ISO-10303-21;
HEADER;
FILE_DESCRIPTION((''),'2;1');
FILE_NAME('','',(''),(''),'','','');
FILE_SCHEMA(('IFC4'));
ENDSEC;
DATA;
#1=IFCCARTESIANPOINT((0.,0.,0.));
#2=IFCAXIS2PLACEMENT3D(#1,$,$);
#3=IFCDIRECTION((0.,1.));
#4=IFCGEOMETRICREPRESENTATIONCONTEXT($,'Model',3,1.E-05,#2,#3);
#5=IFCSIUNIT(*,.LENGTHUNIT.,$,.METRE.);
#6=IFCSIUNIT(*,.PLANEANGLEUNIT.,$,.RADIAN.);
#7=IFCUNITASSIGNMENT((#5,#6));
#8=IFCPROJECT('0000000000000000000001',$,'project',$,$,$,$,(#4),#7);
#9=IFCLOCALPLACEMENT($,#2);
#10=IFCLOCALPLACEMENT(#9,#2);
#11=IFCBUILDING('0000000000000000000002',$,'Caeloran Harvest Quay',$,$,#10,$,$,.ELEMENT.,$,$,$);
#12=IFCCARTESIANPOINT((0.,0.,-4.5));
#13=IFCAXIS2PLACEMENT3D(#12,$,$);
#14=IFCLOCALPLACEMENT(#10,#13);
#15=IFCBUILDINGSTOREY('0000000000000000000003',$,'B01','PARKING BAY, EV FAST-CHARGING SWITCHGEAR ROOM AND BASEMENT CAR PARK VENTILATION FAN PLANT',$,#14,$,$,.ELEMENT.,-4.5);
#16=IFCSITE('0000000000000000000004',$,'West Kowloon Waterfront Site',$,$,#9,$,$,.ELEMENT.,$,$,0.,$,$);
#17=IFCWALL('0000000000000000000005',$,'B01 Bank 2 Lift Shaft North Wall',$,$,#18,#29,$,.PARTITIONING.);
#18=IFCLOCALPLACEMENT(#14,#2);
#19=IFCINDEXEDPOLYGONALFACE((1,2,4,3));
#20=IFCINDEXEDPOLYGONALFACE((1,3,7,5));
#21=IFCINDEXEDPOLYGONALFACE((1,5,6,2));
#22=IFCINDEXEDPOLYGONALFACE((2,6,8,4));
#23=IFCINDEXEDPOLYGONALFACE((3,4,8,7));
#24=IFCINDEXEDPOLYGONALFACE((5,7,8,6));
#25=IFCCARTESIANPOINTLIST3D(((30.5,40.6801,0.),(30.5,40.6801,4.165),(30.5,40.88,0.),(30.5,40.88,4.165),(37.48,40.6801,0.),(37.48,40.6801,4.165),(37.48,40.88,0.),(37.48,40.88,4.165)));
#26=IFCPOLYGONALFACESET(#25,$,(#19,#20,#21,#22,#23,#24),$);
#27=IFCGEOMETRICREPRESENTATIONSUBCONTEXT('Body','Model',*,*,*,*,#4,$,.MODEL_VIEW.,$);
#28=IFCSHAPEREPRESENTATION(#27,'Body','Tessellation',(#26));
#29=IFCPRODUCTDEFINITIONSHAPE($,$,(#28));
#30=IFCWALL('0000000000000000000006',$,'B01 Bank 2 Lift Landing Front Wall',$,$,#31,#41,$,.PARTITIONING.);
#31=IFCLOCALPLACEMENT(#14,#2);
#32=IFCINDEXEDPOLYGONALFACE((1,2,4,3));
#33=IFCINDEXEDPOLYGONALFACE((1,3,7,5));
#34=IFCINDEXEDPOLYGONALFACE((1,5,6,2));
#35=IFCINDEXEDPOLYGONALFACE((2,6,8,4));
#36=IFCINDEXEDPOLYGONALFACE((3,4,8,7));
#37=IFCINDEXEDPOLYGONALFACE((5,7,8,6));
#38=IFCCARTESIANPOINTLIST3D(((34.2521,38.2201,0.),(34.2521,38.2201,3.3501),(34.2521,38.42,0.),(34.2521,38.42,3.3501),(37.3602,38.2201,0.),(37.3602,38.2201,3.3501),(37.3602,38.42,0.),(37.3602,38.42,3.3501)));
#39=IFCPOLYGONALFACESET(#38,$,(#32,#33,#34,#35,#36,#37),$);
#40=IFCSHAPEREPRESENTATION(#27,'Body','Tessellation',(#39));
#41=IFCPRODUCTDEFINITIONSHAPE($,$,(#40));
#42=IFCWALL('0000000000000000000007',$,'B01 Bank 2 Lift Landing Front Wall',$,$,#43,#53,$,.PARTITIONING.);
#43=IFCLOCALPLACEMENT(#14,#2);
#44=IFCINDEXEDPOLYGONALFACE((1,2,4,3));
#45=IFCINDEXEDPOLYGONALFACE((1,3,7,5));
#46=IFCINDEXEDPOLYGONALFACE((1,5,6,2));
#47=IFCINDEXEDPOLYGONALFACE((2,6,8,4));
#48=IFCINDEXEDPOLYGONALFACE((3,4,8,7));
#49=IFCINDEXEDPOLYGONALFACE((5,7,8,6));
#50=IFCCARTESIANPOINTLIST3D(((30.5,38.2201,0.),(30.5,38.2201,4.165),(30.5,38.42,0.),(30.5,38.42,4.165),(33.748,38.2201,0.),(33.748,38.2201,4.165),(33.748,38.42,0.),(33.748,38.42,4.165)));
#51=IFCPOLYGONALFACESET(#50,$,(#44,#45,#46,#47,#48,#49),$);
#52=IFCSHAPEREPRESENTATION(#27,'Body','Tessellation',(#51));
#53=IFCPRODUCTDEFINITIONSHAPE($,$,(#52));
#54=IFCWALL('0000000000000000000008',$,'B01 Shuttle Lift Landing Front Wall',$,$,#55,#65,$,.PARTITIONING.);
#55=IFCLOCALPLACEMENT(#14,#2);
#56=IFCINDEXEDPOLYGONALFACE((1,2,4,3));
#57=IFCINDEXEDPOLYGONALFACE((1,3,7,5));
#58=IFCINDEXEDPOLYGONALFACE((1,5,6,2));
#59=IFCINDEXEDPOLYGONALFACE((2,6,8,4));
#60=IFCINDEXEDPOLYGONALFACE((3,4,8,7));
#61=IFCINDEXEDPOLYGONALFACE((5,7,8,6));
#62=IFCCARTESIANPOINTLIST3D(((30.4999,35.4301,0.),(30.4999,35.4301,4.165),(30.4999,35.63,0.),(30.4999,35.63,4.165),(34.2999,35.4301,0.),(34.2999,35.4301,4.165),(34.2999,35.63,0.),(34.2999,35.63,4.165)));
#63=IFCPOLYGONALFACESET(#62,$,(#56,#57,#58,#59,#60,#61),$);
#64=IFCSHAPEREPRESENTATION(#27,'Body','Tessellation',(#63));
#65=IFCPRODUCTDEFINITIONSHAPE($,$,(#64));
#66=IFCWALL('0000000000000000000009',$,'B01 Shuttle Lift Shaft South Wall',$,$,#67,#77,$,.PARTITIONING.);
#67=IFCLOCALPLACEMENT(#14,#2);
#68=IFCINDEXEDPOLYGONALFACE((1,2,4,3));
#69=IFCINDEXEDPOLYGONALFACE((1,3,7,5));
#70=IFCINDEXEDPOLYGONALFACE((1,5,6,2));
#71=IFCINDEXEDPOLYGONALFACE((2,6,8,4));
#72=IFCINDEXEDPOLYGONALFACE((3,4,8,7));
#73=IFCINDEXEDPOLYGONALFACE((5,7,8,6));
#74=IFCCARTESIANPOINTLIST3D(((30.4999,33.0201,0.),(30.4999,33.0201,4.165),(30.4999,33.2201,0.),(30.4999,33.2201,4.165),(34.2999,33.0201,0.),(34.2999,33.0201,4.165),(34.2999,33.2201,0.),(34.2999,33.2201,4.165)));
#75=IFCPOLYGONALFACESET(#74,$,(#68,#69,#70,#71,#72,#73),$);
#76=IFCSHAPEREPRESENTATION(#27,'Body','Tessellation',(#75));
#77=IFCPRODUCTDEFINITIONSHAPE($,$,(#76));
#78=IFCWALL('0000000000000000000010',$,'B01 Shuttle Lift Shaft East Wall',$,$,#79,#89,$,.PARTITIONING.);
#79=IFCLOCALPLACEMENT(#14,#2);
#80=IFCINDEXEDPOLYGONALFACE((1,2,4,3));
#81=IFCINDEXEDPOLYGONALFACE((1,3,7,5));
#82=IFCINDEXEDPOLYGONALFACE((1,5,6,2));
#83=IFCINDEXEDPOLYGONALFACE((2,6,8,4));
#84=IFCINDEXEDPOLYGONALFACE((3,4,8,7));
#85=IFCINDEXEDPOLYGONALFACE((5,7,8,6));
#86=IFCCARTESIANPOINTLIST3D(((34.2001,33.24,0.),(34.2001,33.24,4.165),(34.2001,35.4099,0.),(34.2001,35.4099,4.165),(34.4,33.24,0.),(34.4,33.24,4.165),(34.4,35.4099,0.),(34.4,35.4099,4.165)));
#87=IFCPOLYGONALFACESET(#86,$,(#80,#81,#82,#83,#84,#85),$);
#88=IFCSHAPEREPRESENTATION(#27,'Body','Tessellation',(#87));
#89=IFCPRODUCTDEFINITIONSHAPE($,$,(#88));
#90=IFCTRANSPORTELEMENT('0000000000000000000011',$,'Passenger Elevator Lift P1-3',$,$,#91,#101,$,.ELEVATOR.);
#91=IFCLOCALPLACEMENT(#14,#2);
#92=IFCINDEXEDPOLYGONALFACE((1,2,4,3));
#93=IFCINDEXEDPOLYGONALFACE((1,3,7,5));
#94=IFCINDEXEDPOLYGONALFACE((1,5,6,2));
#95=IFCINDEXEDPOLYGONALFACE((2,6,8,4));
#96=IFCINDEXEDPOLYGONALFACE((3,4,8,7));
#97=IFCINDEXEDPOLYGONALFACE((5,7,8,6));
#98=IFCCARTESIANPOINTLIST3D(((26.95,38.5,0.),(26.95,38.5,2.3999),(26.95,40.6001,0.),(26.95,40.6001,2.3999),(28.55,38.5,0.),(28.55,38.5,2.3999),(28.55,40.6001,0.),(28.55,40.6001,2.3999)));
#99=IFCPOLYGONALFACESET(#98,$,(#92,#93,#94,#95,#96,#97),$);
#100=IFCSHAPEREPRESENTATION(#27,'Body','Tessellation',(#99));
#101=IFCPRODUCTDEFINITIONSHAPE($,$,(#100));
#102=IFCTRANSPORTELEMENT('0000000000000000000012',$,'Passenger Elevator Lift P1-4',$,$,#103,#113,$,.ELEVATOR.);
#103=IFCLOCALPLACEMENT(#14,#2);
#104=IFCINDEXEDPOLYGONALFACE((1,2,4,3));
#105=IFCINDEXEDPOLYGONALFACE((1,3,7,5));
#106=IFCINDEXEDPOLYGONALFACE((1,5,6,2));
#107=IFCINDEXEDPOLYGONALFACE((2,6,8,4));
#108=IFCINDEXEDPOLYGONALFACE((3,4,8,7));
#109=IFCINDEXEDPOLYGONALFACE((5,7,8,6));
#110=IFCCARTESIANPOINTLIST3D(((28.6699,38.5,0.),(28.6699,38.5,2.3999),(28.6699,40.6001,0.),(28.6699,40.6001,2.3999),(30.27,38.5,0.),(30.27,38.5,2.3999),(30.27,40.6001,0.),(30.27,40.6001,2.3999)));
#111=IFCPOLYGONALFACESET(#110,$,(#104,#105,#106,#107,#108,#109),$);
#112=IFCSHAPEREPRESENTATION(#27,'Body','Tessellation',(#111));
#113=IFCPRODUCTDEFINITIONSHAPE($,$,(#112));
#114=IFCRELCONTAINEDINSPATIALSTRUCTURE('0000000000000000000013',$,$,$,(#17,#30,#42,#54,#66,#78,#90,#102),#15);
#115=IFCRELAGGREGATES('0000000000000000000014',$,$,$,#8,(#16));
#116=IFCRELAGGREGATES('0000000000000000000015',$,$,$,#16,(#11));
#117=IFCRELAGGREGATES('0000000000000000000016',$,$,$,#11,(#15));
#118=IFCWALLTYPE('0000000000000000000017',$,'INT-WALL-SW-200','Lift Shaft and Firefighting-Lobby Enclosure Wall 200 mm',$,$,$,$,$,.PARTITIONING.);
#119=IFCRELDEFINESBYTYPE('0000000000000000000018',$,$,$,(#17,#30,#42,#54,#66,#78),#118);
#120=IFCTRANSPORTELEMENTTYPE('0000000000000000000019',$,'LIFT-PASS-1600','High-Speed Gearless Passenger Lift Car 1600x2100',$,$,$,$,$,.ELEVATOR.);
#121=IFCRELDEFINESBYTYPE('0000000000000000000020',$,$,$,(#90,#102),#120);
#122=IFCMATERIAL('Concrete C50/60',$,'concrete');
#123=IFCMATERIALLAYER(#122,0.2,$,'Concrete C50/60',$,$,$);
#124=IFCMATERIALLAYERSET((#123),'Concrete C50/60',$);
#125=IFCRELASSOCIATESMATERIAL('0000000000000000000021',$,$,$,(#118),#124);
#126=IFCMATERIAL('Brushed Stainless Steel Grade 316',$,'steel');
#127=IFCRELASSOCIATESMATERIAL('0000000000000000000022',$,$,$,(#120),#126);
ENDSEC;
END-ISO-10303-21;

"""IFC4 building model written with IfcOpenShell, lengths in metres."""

from ifc_helpers import new_model, si_unit, direction, frame, frame_2d, origin, origin_2d, place, context, subcontext, project, spatial, rectangle, extrude, material, layer, layer_set, type_object, element, save


model = new_model("IFC4")

# Units and contexts
model_context = context("Model", 3, precision=1e-05, world=origin(), true_north=direction((0.0, 1.0)))
body_context = subcontext(model_context, "Body", "Model", "MODEL_VIEW")
ifc_project = project(units=[si_unit("LENGTHUNIT", "METRE"), si_unit("PLANEANGLEUNIT", "RADIAN")], contexts=[model_context])

# Site, building, storey
site_placement = place(None, origin())
site = spatial("IfcSite", under=ifc_project, at=site_placement, Name="West Kowloon Waterfront Site", CompositionType="ELEMENT", RefElevation=0.0)
building_placement = place(site_placement, origin())
building = spatial("IfcBuilding", under=site, at=building_placement, Name="Caeloran Harvest Quay", CompositionType="ELEMENT")
storey_placement = place(building_placement, frame((0.0, 0.0, -4.5)))
storey = spatial("IfcBuildingStorey", under=building, at=storey_placement, Name="B01", Description="PARKING BAY, EV FAST-CHARGING SWITCHGEAR ROOM AND BASEMENT CAR PARK VENTILATION FAN PLANT", CompositionType="ELEMENT", Elevation=-4.5)

# Walls
ifc_material_1 = material(Name="Concrete C50/60", Category="concrete")
ifc_layer = layer(ifc_material_1, 0.2, Name="Concrete C50/60")
ifc_layer_set = layer_set([ifc_layer], Name="Concrete C50/60")
wall_type = type_object("IfcWallType", Name="INT-WALL-SW-200", Description="Lift Shaft and Firefighting-Lobby Enclosure Wall 200 mm", PredefinedType="PARTITIONING", material=ifc_layer_set)
wall_1_placement = place(storey_placement, frame((30.5, 40.78, 0.0), z_axis=(0.0, 0.0, 1.0), x_axis=(1.0, 0.0, 0.0)))
element("IfcWall", 1, at=wall_1_placement, inside=storey, type_object=wall_type, Name="B01 Bank 2 Lift Shaft North Wall", PredefinedType="PARTITIONING", context=body_context, shape_type="SweptSolid", body=[
    extrude(rectangle(XDim=6.98, YDim=0.2, at=frame_2d((3.49, 0.0))), origin(), (0.0, 0.0, 1.0), 4.165),
])
wall_2_placement = place(storey_placement, frame((34.252, 38.3201, 0.0), z_axis=(0.0, 0.0, 1.0), x_axis=(1.0, 0.0, 0.0)))
element("IfcWall", 2, at=wall_2_placement, inside=storey, type_object=wall_type, Name="B01 Bank 2 Lift Landing Front Wall", PredefinedType="PARTITIONING", context=body_context, shape_type="SweptSolid", body=[
    extrude(rectangle(XDim=3.1082, YDim=0.2, at=frame_2d((1.5542, 0.0))), origin(), (0.0, 0.0, 1.0), 3.3501),
])
wall_3_placement = place(storey_placement, frame((30.5, 38.3201, 0.0), z_axis=(0.0, 0.0, 1.0), x_axis=(1.0, 0.0, 0.0)))
element("IfcWall", 3, at=wall_3_placement, inside=storey, type_object=wall_type, Name="B01 Bank 2 Lift Landing Front Wall", PredefinedType="PARTITIONING", context=body_context, shape_type="SweptSolid", body=[
    extrude(rectangle(XDim=3.248, YDim=0.2, at=frame_2d((1.624, 0.0))), origin(), (0.0, 0.0, 1.0), 4.165),
])
for number, where, z_axis, x_axis, name in (
    (4, (30.5, 35.53, 0.0), (0.0, 0.0, 1.0), (1.0, 0.0, 0.0), "B01 Shuttle Lift Landing Front Wall"),
    (5, (30.5, 33.1201, 0.0), (0.0, 0.0, 1.0), (1.0, 0.0, 0.0), "B01 Shuttle Lift Shaft South Wall"),
):
    element("IfcWall", number, at=place(storey_placement, frame(where, z_axis=z_axis, x_axis=x_axis)), inside=storey, type_object=wall_type, Name=name, PredefinedType="PARTITIONING", context=body_context, shape_type="SweptSolid", body=[
        extrude(rectangle(XDim=3.8, YDim=0.2, at=frame_2d((1.8999, 0.0))), origin(), (0.0, 0.0, 1.0), 4.165),
    ])
wall_4_placement = place(storey_placement, frame((34.3, 33.24, 0.0), z_axis=(0.0, 0.0, 1.0), x_axis=(0.0, 1.0, 0.0)))
element("IfcWall", 6, at=wall_4_placement, inside=storey, type_object=wall_type, Name="B01 Shuttle Lift Shaft East Wall", PredefinedType="PARTITIONING", context=body_context, shape_type="SweptSolid", body=[
    extrude(rectangle(XDim=2.1699, YDim=0.2, at=frame_2d((1.085, 0.0))), origin(), (0.0, 0.0, 1.0), 4.165),
])

# Transport elements
ifc_material_2 = material(Name="Brushed Stainless Steel Grade 316", Category="steel")
transport_element_type = type_object("IfcTransportElementType", Name="LIFT-PASS-1600", Description="High-Speed Gearless Passenger Lift Car 1600x2100", PredefinedType="ELEVATOR", material=ifc_material_2)
for number, where, z_axis, x_axis, name in (
    (7, (27.75, 39.55, 0.0), (0.0, 0.0, 1.0), (1.0, 0.0, 0.0), "Passenger Elevator Lift P1-3"),
    (8, (29.47, 39.55, 0.0), (0.0, 0.0, 1.0), (1.0, 0.0, 0.0), "Passenger Elevator Lift P1-4"),
):
    element("IfcTransportElement", number, at=place(storey_placement, frame(where, z_axis=z_axis, x_axis=x_axis)), inside=storey, type_object=transport_element_type, Name=name, PredefinedType="ELEVATOR", context=body_context, shape_type="SweptSolid", body=[
        extrude(rectangle(XDim=1.6001, YDim=2.1001, at=origin_2d()), origin(), (0.0, 0.0, 1.0), 2.3999),
    ])

save(model, "model.ifc")
